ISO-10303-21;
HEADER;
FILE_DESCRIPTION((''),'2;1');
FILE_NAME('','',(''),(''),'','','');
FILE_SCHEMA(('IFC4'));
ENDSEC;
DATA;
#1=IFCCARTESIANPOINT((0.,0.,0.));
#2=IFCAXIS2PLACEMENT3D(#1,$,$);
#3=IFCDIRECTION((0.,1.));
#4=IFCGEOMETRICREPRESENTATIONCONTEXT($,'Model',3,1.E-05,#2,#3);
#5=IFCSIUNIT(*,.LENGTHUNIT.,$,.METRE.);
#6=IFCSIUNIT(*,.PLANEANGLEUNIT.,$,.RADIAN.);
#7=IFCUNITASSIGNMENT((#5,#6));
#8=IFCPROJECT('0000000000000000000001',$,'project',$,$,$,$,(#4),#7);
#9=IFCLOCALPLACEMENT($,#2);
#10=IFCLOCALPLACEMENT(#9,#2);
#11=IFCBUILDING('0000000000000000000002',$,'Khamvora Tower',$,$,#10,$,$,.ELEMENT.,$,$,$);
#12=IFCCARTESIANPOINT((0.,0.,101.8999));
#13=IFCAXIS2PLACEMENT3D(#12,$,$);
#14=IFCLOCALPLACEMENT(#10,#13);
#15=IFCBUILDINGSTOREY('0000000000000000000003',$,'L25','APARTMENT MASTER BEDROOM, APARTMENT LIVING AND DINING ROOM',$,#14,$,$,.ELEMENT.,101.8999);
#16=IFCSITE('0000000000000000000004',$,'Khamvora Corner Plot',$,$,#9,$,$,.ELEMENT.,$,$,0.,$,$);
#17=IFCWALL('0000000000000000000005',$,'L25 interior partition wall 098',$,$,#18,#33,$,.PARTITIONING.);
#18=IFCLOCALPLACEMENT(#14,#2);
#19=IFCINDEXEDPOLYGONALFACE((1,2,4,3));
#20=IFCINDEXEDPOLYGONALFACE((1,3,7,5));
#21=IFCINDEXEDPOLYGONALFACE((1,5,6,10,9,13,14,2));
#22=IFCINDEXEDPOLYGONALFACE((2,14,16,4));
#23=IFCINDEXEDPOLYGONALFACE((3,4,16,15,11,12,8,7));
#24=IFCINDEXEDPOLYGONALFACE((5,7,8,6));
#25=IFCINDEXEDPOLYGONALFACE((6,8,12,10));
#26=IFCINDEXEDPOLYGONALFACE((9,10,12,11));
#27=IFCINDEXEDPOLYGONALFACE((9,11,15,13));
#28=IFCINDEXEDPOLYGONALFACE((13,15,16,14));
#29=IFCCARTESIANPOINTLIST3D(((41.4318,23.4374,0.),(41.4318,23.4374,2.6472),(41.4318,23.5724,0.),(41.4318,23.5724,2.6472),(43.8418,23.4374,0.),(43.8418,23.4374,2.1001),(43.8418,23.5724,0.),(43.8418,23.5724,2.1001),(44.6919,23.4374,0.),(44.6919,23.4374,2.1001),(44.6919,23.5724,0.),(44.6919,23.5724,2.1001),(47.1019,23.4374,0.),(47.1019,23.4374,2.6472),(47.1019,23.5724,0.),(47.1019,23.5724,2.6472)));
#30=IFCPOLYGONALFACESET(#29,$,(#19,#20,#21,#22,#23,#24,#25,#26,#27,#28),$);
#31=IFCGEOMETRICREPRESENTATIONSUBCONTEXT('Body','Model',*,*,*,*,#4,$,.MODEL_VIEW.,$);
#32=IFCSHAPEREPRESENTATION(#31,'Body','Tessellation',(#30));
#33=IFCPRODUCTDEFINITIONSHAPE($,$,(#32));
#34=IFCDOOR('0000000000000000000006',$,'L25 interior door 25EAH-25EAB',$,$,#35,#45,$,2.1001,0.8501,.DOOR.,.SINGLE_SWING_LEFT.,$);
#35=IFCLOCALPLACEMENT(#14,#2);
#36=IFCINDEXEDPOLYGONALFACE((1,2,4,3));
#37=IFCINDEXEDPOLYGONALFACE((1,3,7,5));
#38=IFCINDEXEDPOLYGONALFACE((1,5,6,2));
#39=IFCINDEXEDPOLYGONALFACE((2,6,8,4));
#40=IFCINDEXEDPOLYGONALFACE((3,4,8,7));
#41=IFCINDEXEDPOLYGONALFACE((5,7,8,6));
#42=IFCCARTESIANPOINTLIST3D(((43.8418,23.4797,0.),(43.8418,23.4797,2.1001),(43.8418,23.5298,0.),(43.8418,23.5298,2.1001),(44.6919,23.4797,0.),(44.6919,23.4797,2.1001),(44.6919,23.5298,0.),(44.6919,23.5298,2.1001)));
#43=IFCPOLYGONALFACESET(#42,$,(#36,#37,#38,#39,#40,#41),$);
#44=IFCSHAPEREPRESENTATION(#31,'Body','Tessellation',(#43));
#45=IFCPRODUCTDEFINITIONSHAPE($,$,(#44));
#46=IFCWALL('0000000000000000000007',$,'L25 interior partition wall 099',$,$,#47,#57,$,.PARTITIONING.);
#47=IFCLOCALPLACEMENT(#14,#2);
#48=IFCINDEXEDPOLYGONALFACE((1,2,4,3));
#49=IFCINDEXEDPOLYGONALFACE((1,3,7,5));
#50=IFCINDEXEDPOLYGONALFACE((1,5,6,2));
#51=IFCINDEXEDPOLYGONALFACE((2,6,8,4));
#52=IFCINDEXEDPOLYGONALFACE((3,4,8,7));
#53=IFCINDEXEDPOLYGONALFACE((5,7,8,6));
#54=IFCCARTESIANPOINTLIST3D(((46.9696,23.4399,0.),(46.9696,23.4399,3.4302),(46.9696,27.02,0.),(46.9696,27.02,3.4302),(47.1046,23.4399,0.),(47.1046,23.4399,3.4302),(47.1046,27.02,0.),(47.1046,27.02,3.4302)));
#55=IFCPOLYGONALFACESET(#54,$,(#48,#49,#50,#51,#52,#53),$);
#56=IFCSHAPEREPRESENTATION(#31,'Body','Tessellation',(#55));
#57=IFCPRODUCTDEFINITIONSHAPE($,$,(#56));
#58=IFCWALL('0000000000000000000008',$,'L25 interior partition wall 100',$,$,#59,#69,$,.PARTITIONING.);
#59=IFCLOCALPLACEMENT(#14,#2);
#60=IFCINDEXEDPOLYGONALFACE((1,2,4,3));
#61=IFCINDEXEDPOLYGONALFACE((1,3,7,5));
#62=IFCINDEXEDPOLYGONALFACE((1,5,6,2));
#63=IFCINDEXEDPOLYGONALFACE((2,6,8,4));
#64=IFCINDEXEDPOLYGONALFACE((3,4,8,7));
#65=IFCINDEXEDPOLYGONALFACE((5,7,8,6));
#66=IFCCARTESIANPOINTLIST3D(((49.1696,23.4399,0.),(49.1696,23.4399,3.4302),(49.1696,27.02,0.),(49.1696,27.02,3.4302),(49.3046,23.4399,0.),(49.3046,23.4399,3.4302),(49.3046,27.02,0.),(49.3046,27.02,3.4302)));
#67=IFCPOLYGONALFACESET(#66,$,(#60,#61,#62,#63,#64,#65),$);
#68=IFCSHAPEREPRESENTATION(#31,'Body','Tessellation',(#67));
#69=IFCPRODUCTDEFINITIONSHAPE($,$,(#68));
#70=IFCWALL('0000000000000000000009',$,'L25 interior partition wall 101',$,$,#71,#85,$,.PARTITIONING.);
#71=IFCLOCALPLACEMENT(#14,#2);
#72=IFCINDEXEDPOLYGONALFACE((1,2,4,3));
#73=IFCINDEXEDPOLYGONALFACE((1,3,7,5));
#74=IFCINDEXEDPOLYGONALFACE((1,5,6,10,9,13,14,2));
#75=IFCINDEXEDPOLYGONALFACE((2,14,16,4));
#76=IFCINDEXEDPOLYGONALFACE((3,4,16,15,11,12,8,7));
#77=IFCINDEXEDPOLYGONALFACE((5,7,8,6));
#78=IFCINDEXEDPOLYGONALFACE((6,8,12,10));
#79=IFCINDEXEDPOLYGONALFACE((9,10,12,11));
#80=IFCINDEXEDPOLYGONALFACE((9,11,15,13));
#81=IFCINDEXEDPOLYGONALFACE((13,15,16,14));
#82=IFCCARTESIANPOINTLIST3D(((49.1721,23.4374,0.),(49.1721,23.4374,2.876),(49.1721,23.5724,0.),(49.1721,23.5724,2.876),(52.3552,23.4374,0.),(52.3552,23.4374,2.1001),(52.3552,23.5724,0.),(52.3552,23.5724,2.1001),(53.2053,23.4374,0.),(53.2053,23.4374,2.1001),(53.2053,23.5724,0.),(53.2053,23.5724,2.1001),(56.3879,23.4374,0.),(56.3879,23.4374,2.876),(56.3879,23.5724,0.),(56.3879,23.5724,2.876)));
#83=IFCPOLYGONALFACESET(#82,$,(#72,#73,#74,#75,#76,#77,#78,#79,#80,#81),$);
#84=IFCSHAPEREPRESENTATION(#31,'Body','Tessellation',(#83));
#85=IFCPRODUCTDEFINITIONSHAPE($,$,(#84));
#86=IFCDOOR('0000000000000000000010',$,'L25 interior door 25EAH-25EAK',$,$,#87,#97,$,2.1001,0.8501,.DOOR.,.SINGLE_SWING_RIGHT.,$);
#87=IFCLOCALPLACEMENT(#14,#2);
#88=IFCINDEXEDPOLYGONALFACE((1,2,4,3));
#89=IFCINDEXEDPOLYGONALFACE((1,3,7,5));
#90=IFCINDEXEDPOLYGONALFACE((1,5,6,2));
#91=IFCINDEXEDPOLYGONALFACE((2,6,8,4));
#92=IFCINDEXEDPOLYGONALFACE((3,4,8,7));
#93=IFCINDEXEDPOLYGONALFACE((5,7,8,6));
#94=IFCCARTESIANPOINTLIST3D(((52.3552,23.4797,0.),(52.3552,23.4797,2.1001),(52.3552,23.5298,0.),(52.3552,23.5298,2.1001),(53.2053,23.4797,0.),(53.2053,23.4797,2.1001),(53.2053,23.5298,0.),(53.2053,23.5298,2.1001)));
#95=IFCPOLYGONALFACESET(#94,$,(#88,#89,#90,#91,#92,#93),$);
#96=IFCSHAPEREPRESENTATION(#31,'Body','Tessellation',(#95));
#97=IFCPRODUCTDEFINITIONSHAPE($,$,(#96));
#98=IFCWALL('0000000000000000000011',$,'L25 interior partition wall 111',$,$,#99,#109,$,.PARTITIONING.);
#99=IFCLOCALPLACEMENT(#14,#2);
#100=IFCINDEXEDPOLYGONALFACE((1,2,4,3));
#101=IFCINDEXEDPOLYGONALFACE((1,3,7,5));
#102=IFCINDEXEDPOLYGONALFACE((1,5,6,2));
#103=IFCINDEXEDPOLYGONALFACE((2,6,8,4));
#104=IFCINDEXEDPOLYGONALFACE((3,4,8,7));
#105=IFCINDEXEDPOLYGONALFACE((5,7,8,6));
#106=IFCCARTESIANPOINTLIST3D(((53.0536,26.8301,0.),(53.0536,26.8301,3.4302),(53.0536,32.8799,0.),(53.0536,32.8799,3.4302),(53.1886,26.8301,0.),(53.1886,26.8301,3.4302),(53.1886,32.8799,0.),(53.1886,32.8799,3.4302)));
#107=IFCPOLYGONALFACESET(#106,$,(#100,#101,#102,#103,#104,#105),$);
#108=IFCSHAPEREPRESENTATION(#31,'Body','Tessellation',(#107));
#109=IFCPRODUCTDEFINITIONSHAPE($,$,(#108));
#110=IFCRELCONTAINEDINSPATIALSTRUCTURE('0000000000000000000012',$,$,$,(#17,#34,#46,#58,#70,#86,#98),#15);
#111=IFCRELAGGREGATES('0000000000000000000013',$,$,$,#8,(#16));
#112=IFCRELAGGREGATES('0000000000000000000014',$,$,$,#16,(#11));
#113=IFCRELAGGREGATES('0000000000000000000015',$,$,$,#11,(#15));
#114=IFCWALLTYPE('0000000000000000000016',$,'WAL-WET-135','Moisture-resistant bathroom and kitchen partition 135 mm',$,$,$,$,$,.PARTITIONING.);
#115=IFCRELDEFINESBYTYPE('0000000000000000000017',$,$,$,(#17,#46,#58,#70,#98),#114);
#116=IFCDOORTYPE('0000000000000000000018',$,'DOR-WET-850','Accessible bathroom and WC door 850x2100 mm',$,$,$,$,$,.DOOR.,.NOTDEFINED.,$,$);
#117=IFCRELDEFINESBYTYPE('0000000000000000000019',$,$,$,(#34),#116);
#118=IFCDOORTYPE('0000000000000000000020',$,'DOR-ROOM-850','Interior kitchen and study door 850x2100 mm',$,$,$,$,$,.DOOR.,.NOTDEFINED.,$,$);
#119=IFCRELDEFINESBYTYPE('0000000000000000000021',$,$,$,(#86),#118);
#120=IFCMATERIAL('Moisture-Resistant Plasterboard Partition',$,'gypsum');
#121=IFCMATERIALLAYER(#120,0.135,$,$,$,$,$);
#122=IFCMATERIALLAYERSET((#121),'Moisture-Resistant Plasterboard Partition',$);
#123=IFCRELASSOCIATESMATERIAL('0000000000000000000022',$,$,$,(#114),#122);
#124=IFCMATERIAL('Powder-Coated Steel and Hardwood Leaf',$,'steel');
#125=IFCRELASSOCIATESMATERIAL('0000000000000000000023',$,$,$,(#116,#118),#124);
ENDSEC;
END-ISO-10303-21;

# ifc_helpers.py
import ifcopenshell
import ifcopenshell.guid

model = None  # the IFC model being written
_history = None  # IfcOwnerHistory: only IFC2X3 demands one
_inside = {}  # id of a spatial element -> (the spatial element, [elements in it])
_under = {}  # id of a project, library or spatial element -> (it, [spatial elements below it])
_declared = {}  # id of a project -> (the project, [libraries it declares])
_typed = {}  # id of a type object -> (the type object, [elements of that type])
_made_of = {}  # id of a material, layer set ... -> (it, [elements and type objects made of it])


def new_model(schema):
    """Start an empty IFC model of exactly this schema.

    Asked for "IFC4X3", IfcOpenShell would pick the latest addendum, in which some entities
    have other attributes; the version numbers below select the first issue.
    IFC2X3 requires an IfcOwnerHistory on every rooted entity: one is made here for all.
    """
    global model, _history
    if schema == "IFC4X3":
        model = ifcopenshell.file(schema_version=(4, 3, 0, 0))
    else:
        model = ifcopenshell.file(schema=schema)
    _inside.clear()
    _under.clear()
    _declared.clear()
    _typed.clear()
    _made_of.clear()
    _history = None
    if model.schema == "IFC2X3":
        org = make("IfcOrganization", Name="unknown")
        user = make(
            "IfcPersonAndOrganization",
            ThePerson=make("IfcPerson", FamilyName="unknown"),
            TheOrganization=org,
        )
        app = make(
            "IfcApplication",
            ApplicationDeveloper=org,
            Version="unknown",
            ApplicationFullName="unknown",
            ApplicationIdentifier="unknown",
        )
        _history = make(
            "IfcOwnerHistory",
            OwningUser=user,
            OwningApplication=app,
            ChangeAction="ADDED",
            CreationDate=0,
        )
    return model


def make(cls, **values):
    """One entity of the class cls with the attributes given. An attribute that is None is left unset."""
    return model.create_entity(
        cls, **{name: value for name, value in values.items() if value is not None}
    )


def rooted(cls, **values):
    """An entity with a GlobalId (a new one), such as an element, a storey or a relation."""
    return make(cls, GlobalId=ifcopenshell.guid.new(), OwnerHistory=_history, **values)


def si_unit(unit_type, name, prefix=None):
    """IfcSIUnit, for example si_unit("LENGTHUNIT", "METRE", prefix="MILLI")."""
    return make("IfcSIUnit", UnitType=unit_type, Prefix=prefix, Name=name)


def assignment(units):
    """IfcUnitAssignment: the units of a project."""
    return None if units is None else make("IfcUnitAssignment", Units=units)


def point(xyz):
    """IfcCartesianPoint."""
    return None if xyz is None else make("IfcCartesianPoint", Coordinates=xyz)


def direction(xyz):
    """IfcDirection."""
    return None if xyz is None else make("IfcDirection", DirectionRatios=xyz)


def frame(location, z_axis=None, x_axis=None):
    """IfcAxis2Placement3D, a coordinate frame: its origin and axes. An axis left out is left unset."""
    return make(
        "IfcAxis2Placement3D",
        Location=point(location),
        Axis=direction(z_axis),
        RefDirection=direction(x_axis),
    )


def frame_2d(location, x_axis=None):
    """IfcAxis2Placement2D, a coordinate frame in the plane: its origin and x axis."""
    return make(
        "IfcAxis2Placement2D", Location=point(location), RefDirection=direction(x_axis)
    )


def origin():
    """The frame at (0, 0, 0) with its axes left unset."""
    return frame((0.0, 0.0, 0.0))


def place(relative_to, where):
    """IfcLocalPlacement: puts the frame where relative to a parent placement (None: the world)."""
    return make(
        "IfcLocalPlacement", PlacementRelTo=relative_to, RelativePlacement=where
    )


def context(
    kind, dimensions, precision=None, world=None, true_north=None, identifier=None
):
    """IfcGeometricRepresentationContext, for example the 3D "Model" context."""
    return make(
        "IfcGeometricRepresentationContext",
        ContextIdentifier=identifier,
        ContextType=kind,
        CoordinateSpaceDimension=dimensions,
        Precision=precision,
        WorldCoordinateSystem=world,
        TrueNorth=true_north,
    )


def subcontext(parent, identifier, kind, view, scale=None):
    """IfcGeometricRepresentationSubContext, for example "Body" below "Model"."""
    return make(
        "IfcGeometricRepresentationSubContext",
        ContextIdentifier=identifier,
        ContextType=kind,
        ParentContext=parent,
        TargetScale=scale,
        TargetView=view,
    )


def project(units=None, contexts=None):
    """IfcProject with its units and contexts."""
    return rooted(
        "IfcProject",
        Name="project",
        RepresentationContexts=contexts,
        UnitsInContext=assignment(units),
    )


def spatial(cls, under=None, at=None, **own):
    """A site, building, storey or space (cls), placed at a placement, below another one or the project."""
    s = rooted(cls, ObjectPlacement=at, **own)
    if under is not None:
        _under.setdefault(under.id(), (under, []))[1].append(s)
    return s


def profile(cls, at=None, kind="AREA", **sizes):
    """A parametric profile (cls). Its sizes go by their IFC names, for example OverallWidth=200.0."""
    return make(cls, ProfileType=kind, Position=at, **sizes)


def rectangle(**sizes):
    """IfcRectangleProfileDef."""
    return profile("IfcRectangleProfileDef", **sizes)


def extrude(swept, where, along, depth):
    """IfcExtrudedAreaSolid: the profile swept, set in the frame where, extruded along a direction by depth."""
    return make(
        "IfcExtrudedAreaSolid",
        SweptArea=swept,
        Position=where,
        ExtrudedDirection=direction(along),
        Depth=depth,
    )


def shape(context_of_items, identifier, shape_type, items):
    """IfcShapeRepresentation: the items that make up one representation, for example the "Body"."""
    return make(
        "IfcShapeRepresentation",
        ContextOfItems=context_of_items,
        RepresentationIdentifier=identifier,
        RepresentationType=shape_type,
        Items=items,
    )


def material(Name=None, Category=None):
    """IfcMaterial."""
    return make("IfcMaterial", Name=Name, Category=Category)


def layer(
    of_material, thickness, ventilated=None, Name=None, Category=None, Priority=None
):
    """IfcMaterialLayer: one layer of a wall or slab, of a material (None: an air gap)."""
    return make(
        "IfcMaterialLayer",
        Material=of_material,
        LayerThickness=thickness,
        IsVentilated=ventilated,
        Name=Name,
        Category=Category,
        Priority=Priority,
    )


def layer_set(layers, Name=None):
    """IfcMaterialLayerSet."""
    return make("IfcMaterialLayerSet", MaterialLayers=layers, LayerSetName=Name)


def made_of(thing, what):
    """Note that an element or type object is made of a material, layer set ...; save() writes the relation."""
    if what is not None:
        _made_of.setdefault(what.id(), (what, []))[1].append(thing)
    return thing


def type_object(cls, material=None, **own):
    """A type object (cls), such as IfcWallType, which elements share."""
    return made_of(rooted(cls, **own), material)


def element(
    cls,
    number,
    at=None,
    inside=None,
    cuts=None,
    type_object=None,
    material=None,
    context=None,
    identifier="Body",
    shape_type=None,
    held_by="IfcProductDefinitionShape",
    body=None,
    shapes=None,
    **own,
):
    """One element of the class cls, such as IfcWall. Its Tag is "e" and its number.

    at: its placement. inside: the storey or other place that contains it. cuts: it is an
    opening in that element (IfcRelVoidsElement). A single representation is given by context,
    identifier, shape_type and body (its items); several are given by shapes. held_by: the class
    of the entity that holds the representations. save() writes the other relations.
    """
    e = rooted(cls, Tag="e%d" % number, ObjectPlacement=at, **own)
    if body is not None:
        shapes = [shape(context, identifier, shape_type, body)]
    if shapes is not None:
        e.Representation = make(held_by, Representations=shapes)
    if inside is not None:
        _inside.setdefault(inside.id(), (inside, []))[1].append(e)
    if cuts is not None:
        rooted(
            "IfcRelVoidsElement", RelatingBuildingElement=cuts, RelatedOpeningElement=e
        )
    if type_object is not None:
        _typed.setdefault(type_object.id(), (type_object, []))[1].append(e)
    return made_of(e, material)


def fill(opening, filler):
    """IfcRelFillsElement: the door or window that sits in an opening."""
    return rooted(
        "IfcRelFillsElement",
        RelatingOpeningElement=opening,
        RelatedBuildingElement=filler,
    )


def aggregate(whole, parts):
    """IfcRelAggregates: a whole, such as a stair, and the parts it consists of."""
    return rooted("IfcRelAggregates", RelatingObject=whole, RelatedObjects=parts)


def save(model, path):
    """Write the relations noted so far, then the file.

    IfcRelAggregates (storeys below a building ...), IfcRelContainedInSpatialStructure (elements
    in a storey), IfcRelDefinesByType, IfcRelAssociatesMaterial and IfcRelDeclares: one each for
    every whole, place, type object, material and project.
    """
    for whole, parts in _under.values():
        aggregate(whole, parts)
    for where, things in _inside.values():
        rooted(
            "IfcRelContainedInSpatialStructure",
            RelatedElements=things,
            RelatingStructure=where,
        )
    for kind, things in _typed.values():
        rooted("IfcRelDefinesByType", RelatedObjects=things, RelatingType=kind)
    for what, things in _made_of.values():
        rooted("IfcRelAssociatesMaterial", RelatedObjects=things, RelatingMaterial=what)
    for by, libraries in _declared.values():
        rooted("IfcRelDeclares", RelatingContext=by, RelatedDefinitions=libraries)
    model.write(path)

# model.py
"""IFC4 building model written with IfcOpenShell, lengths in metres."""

from ifc_helpers import new_model, si_unit, direction, frame, frame_2d, origin, place, context, subcontext, project, spatial, rectangle, extrude, material, layer, layer_set, type_object, element, fill, save


model = new_model("IFC4")

# Units and contexts
model_context = context("Model", 3, precision=1e-05, world=origin(), true_north=direction((0.0, 1.0)))
body_context = subcontext(model_context, "Body", "Model", "MODEL_VIEW")
ifc_project = project(units=[si_unit("LENGTHUNIT", "METRE"), si_unit("PLANEANGLEUNIT", "RADIAN")], contexts=[model_context])

# Site, building, storey
site_placement = place(None, origin())
site = spatial("IfcSite", under=ifc_project, at=site_placement, Name="Khamvora Corner Plot", CompositionType="ELEMENT", RefElevation=0.0)
building_placement = place(site_placement, origin())
building = spatial("IfcBuilding", under=site, at=building_placement, Name="Khamvora Tower", CompositionType="ELEMENT")
storey_placement = place(building_placement, frame((0.0, 0.0, 101.8999)))
storey = spatial("IfcBuildingStorey", under=building, at=storey_placement, Name="L25", Description="APARTMENT MASTER BEDROOM, APARTMENT LIVING AND DINING ROOM", CompositionType="ELEMENT", Elevation=101.8999)

# Shared definitions
ifc_material_1 = material(Name="Powder-Coated Steel and Hardwood Leaf", Category="steel")

# Wall, opening, door
ifc_material_2 = material(Name="Moisture-Resistant Plasterboard Partition", Category="gypsum")
ifc_layer_1 = layer(ifc_material_2, 0.135)
ifc_layer_set_1 = layer_set([ifc_layer_1], Name="Moisture-Resistant Plasterboard Partition")
wall_type_1 = type_object("IfcWallType", Name="WAL-WET-135", Description="Moisture-resistant bathroom and kitchen partition 135 mm", PredefinedType="PARTITIONING", material=ifc_layer_set_1)
wall_1_placement = place(storey_placement, frame((41.4319, 23.5049, 0.0), z_axis=(0.0, 0.0, 1.0), x_axis=(1.0, 0.0, 0.0)))
wall_1 = element("IfcWall", 1, at=wall_1_placement, inside=storey, type_object=wall_type_1, Name="L25 interior partition wall 098", PredefinedType="PARTITIONING", context=body_context, shape_type="SweptSolid", body=[
    extrude(rectangle(XDim=5.6702, YDim=0.135, at=frame_2d((2.835, 0.0))), origin(), (0.0, 0.0, 1.0), 2.6472),
])
opening_1_placement = place(wall_1_placement, frame((2.4099, 0.0, 0.0)))
opening_1 = element("IfcOpeningElement", 2, at=opening_1_placement, cuts=wall_1, PredefinedType="OPENING", context=body_context, shape_type="SweptSolid", body=[
    extrude(rectangle(XDim=0.8501, YDim=2.1001, at=frame_2d((0.425, 1.05))), frame((0.0, 0.0774, 0.0), z_axis=(0.0, -1.0, 0.0), x_axis=(1.0, 0.0, 0.0)), (0.0, 0.0, 1.0), 0.155),
])
door_type_1 = type_object("IfcDoorType", Name="DOR-WET-850", Description="Accessible bathroom and WC door 850x2100 mm", OperationType="NOTDEFINED", PredefinedType="DOOR", material=ifc_material_1)
door_1_placement = place(opening_1_placement, origin())
door_1 = element("IfcDoor", 3, at=door_1_placement, inside=storey, type_object=door_type_1, Name="L25 interior door 25EAH-25EAB", OperationType="SINGLE_SWING_LEFT", OverallHeight=2.1001, OverallWidth=0.8501, PredefinedType="DOOR", context=body_context, shape_type="SweptSolid", body=[
    extrude(rectangle(XDim=0.8501, YDim=2.1001, at=frame_2d((0.425, 1.05))), frame((0.0, 0.0249, 0.0), z_axis=(0.0, -1.0, 0.0), x_axis=(1.0, 0.0, 0.0)), (0.0, 0.0, 1.0), 0.05),
])
fill(opening_1, door_1)

# Walls
for number, where, z_axis, x_axis, name in (
    (4, (47.0371, 23.4399, 0.0), (0.0, 0.0, 1.0), (0.0, 1.0, 0.0), "L25 interior partition wall 099"),
    (5, (49.2371, 27.02, 0.0), (0.0, 0.0, 1.0), (0.0, -1.0, 0.0), "L25 interior partition wall 100"),
):
    element("IfcWall", number, at=place(storey_placement, frame(where, z_axis=z_axis, x_axis=x_axis)), inside=storey, type_object=wall_type_1, Name=name, PredefinedType="PARTITIONING", context=body_context, shape_type="SweptSolid", body=[
        extrude(rectangle(XDim=3.5801, YDim=0.135, at=frame_2d((1.79, 0.0))), origin(), (0.0, 0.0, 1.0), 3.4302),
    ])

# Wall, opening, door
wall_2_placement = place(storey_placement, frame((49.1721, 23.5049, 0.0), z_axis=(0.0, 0.0, 1.0), x_axis=(1.0, 0.0, 0.0)))
wall_2 = element("IfcWall", 6, at=wall_2_placement, inside=storey, type_object=wall_type_1, Name="L25 interior partition wall 101", PredefinedType="PARTITIONING", context=body_context, shape_type="SweptSolid", body=[
    extrude(rectangle(XDim=7.2158, YDim=0.135, at=frame_2d((3.6079, 0.0))), origin(), (0.0, 0.0, 1.0), 2.876),
])
opening_2_placement = place(wall_2_placement, frame((3.1831, 0.0, 0.0)))
opening_2 = element("IfcOpeningElement", 7, at=opening_2_placement, cuts=wall_2, PredefinedType="OPENING", context=body_context, shape_type="SweptSolid", body=[
    extrude(rectangle(XDim=0.8501, YDim=2.1001, at=frame_2d((0.425, 1.05))), frame((0.0, 0.0774, 0.0), z_axis=(0.0, -1.0, 0.0), x_axis=(1.0, 0.0, 0.0)), (0.0, 0.0, 1.0), 0.155),
])
door_type_2 = type_object("IfcDoorType", Name="DOR-ROOM-850", Description="Interior kitchen and study door 850x2100 mm", OperationType="NOTDEFINED", PredefinedType="DOOR", material=ifc_material_1)
door_2_placement = place(opening_2_placement, origin())
door_2 = element("IfcDoor", 8, at=door_2_placement, inside=storey, type_object=door_type_2, Name="L25 interior door 25EAH-25EAK", OperationType="SINGLE_SWING_RIGHT", OverallHeight=2.1001, OverallWidth=0.8501, PredefinedType="DOOR", context=body_context, shape_type="SweptSolid", body=[
    extrude(rectangle(XDim=0.8501, YDim=2.1001, at=frame_2d((0.425, 1.05))), frame((0.0, 0.0249, 0.0), z_axis=(0.0, -1.0, 0.0), x_axis=(1.0, 0.0, 0.0)), (0.0, 0.0, 1.0), 0.05),
])
fill(opening_2, door_2)

# Wall
wall_3_placement = place(storey_placement, frame((53.1211, 26.8301, 0.0), z_axis=(0.0, 0.0, 1.0), x_axis=(0.0, 1.0, 0.0)))
element("IfcWall", 9, at=wall_3_placement, inside=storey, type_object=wall_type_1, Name="L25 interior partition wall 111", PredefinedType="PARTITIONING", context=body_context, shape_type="SweptSolid", body=[
    extrude(rectangle(XDim=6.0498, YDim=0.135, at=frame_2d((3.0249, 0.0))), origin(), (0.0, 0.0, 1.0), 3.4302),
])

save(model, "model.ifc")
